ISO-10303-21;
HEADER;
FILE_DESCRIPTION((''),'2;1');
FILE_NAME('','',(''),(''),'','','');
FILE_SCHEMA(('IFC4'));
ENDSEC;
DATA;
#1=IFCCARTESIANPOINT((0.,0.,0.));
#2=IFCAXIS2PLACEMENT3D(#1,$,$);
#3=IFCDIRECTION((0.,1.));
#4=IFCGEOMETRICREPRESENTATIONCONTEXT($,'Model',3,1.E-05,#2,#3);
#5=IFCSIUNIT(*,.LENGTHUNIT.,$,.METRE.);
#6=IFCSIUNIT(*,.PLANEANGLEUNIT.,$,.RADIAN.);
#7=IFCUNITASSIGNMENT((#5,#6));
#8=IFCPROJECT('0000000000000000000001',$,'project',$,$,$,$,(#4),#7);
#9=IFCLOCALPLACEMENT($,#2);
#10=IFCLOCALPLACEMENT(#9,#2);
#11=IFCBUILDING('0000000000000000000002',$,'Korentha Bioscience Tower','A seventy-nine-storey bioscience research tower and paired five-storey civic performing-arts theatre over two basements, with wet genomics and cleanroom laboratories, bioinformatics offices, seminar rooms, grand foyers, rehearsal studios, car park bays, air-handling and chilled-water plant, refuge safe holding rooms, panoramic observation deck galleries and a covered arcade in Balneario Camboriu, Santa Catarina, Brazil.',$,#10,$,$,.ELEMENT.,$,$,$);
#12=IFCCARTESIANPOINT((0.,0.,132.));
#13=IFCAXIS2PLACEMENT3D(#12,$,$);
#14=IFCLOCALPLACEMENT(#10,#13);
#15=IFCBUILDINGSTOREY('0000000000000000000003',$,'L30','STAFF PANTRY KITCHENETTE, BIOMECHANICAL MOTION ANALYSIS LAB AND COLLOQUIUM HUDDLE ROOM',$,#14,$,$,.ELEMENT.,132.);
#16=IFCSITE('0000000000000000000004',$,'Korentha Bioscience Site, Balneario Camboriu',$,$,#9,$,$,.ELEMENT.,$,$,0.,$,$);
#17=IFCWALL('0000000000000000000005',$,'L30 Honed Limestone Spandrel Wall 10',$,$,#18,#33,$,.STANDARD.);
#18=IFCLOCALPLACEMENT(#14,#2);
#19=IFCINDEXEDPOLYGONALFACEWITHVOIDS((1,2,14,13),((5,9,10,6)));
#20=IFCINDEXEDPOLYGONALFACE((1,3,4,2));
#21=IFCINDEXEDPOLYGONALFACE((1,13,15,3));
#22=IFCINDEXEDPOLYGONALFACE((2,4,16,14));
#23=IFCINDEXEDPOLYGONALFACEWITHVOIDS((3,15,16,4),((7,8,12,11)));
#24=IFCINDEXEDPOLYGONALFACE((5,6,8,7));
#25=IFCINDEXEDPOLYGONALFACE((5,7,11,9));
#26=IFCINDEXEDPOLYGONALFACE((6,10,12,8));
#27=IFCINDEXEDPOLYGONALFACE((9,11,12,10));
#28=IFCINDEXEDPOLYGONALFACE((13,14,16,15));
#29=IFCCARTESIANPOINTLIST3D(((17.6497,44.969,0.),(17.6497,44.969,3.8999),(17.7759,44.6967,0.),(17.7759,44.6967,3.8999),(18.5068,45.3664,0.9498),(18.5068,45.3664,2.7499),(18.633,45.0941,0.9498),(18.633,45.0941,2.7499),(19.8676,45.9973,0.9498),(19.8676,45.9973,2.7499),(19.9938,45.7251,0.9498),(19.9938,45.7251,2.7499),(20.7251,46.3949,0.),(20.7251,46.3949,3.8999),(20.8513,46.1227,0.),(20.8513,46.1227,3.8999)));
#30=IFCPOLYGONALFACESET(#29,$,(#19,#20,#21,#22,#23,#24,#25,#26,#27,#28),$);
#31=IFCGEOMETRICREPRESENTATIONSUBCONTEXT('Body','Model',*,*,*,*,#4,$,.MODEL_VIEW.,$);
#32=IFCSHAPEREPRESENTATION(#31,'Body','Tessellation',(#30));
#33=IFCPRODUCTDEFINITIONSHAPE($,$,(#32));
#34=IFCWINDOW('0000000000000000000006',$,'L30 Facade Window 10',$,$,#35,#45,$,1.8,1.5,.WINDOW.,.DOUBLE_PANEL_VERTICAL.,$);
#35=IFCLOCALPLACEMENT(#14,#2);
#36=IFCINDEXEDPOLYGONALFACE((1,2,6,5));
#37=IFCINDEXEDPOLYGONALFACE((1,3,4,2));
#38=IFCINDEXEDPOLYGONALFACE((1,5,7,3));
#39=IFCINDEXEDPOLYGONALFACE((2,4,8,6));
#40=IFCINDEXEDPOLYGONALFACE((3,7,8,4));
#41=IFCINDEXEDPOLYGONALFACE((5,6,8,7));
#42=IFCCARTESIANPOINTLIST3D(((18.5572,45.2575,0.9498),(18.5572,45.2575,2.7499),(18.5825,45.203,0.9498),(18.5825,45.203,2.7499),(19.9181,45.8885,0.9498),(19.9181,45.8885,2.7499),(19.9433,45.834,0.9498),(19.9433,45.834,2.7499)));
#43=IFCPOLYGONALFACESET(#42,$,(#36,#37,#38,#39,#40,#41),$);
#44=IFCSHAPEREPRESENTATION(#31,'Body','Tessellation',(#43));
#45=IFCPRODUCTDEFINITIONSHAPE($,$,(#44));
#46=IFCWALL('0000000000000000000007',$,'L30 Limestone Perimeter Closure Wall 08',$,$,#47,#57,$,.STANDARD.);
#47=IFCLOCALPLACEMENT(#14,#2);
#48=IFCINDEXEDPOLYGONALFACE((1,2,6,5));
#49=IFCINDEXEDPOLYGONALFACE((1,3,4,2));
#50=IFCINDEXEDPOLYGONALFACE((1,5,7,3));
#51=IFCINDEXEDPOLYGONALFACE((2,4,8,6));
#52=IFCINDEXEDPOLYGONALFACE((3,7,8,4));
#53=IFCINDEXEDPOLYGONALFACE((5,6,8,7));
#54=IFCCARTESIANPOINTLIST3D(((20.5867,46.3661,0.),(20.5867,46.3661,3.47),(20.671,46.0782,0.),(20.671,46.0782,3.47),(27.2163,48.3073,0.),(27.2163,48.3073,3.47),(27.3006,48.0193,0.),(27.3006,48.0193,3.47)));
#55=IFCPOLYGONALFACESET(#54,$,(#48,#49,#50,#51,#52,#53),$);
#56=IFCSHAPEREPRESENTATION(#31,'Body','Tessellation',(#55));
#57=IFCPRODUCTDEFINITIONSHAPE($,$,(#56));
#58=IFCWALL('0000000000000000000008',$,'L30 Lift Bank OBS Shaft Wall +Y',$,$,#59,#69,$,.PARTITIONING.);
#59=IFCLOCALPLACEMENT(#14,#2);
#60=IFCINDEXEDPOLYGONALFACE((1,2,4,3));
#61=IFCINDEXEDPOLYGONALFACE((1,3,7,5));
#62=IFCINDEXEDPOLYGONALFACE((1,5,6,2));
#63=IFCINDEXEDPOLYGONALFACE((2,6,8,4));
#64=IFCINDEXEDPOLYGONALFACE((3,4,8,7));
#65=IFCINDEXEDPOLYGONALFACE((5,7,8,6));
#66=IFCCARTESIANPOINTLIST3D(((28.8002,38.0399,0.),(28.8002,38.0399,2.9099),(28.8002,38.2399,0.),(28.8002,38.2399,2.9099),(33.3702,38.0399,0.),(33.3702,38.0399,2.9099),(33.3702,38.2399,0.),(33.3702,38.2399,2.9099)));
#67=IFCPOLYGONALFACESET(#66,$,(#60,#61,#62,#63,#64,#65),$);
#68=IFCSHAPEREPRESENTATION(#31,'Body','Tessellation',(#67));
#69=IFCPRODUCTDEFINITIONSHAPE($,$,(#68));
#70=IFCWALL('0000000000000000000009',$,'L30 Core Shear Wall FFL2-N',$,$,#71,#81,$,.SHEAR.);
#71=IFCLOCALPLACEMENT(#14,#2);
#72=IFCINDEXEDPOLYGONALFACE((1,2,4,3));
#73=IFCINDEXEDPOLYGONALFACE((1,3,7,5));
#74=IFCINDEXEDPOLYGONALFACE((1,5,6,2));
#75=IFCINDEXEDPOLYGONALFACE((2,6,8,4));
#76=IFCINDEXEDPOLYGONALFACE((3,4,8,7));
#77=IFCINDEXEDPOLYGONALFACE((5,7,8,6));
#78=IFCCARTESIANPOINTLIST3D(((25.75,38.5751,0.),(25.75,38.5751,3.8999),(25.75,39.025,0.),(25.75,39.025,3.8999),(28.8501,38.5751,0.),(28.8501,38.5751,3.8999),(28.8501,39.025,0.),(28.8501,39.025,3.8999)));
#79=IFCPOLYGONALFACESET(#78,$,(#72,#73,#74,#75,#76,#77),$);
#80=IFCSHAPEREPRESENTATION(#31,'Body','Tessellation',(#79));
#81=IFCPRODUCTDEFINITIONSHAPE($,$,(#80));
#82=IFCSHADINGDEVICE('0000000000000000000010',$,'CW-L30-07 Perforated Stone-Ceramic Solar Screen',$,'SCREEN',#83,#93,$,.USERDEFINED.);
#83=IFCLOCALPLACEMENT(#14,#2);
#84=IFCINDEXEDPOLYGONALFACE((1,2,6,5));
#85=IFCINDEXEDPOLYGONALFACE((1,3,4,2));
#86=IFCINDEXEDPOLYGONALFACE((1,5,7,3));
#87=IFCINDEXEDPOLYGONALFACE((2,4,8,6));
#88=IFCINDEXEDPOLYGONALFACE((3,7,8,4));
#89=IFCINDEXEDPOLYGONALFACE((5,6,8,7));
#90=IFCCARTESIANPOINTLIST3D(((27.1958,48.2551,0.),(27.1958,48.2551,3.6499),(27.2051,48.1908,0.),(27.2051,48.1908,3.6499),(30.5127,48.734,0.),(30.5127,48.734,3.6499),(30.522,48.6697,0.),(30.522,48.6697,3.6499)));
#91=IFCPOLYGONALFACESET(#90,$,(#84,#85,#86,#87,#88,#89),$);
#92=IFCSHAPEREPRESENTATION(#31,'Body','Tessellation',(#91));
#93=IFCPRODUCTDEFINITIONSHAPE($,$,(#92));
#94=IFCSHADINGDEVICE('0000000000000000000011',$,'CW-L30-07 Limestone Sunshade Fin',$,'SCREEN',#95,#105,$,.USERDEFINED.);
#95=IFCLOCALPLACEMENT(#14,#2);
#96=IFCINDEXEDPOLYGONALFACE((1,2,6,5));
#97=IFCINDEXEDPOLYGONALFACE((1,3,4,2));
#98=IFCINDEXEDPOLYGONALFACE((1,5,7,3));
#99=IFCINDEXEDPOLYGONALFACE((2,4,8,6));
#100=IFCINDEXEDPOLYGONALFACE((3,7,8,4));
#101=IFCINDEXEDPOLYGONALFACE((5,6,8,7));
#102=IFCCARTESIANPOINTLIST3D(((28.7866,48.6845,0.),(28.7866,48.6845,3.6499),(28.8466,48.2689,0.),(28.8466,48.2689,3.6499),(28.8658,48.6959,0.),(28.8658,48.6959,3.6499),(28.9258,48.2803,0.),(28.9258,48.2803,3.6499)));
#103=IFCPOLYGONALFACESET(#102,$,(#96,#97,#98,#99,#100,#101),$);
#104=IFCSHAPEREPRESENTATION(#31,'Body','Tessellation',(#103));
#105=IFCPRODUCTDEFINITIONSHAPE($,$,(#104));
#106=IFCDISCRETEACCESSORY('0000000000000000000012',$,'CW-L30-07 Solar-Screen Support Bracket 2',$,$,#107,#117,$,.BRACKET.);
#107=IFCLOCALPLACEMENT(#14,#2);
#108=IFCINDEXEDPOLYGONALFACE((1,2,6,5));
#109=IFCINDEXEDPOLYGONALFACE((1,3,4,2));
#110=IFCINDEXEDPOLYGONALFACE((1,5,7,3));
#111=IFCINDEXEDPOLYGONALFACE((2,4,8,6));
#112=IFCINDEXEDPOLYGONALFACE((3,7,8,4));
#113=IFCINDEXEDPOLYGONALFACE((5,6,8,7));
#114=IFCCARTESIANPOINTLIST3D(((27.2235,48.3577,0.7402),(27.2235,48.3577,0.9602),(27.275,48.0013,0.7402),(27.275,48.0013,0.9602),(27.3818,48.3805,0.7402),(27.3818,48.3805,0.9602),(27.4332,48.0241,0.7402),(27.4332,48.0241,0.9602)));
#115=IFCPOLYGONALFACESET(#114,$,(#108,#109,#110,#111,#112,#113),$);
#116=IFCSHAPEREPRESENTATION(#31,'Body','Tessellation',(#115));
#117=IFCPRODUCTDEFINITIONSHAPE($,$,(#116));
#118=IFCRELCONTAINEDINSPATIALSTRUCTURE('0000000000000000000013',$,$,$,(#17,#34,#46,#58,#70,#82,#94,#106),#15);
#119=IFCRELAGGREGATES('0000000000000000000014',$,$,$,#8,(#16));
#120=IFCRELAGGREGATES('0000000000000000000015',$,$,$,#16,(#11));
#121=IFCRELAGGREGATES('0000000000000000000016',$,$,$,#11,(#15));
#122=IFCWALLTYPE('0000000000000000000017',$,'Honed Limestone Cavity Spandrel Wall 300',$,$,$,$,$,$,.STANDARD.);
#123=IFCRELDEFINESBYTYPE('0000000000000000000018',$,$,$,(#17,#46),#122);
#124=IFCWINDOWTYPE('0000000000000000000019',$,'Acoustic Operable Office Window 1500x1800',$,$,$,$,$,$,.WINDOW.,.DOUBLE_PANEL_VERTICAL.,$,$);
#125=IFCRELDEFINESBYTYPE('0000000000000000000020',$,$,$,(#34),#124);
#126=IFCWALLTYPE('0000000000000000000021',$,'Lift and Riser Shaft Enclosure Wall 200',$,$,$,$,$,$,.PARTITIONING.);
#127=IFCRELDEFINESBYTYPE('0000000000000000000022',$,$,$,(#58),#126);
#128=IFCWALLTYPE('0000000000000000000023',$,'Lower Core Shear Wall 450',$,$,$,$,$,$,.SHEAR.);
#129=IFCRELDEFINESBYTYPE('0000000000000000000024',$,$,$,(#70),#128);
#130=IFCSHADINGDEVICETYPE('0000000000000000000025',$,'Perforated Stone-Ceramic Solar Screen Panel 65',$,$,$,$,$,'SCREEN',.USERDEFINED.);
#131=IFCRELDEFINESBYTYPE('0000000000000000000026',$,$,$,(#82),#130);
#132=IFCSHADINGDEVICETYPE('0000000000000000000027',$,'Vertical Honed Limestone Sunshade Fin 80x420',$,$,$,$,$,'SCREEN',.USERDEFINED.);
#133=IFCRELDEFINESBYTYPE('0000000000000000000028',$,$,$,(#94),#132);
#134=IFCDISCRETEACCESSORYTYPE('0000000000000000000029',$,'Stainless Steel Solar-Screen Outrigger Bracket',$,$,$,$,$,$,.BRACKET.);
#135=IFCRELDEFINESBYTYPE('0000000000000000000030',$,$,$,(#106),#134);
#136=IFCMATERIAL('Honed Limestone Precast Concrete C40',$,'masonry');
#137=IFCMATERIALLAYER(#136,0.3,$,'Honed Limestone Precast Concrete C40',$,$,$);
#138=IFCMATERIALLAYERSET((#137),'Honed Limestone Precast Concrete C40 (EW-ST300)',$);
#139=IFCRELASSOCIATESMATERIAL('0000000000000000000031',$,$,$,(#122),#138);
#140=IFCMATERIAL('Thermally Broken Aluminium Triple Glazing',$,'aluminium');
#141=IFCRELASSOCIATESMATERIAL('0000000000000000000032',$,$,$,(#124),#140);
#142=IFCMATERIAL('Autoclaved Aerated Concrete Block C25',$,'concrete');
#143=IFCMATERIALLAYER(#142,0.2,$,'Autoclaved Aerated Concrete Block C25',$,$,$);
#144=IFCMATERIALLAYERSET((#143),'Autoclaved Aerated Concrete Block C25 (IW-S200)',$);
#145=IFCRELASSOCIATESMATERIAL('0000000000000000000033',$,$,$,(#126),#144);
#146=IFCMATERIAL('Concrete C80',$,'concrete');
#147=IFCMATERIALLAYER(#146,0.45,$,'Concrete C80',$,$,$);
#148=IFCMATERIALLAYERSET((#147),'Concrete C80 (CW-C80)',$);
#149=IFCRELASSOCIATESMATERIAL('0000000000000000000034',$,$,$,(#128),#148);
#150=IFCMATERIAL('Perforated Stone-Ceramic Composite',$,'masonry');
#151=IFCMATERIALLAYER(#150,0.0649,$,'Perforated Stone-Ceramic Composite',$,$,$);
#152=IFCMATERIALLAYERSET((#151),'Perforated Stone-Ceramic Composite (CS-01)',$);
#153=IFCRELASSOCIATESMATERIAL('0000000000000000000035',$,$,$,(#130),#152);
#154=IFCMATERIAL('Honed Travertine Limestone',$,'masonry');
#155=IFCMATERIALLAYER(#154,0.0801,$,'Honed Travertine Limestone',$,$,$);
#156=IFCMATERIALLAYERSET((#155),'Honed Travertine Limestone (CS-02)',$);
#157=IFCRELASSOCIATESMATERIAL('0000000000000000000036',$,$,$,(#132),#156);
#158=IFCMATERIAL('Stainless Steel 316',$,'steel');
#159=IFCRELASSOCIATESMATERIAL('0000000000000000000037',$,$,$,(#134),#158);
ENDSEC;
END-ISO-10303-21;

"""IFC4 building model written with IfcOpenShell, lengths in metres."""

from ifc_helpers import new_model, si_unit, direction, frame, frame_2d, origin, origin_2d, place, context, subcontext, project, spatial, rectangle, extrude, material, layer, layer_set, type_object, element, fill, save


model = new_model("IFC4")

# Units and contexts
model_context = context("Model", 3, precision=1e-05, world=origin(), true_north=direction((0.0, 1.0)))
body_context = subcontext(model_context, "Body", "Model", "MODEL_VIEW")
ifc_project = project(units=[si_unit("LENGTHUNIT", "METRE"), si_unit("PLANEANGLEUNIT", "RADIAN")], contexts=[model_context])

# Site, building, storey
site_placement = place(None, origin())
site = spatial("IfcSite", under=ifc_project, at=site_placement, Name="Korentha Bioscience Site, Balneario Camboriu", CompositionType="ELEMENT", RefElevation=0.0)
building_placement = place(site_placement, origin())
building = spatial("IfcBuilding", under=site, at=building_placement, Name="Korentha Bioscience Tower", Description="A seventy-nine-storey bioscience research tower and paired five-storey civic performing-arts theatre over two basements, with wet genomics and cleanroom laboratories, bioinformatics offices, seminar rooms, grand foyers, rehearsal studios, car park bays, air-handling and chilled-water plant, refuge safe holding rooms, panoramic observation deck galleries and a covered arcade in Balneario Camboriu, Santa Catarina, Brazil.", CompositionType="ELEMENT")
storey_placement = place(building_placement, frame((0.0, 0.0, 132.0)))
storey = spatial("IfcBuildingStorey", under=building, at=storey_placement, Name="L30", Description="STAFF PANTRY KITCHENETTE, BIOMECHANICAL MOTION ANALYSIS LAB AND COLLOQUIUM HUDDLE ROOM", CompositionType="ELEMENT", Elevation=132.0)

# Shared definitions
ifc_material_1 = material(Name="Concrete C80", Category="concrete")

# Wall, opening, window
ifc_material_2 = material(Name="Honed Limestone Precast Concrete C40", Category="masonry")
ifc_layer_1 = layer(ifc_material_2, 0.3, Name="Honed Limestone Precast Concrete C40")
ifc_layer_set_1 = layer_set([ifc_layer_1], Name="Honed Limestone Precast Concrete C40 (EW-ST300)")
wall_type_1 = type_object("IfcWallType", Name="Honed Limestone Cavity Spandrel Wall 300", PredefinedType="STANDARD", material=ifc_layer_set_1)
wall_1_placement = place(storey_placement, frame((20.7881, 46.2588, 0.0), z_axis=(0.0, 0.0, 1.0), x_axis=(-0.907218, -0.420661, 0.0)))
wall_1 = element("IfcWall", 1, at=wall_1_placement, inside=storey, type_object=wall_type_1, Name="L30 Honed Limestone Spandrel Wall 10", PredefinedType="STANDARD", context=body_context, shape_type="SweptSolid", body=[
    extrude(rectangle(XDim=3.3899, YDim=0.3, at=frame_2d((1.6948, 0.0))), origin(), (0.0, 0.0, 1.0), 3.8999),
])
opening_1_placement = place(wall_1_placement, frame((0.9451, 0.0, 0.95)))
opening_1 = element("IfcOpeningElement", 2, at=opening_1_placement, cuts=wall_1, PredefinedType="OPENING", context=body_context, shape_type="SweptSolid", body=[
    extrude(rectangle(XDim=1.5, YDim=1.8, at=frame_2d((0.75, 0.8999))), frame((0.0, 0.165, 0.0), z_axis=(0.0, -1.0, 0.0), x_axis=(1.0, 0.0, 0.0)), (0.0, 0.0, 1.0), 0.3298),
])
ifc_material_3 = material(Name="Thermally Broken Aluminium Triple Glazing", Category="aluminium")
window_type = type_object("IfcWindowType", Name="Acoustic Operable Office Window 1500x1800", PartitioningType="DOUBLE_PANEL_VERTICAL", PredefinedType="WINDOW", material=ifc_material_3)
window_placement = place(opening_1_placement, origin())
window = element("IfcWindow", 3, at=window_placement, inside=storey, type_object=window_type, Name="L30 Facade Window 10", OverallHeight=1.8, OverallWidth=1.5, PartitioningType="DOUBLE_PANEL_VERTICAL", PredefinedType="WINDOW", context=body_context, shape_type="SweptSolid", body=[
    extrude(rectangle(XDim=1.5, YDim=1.8, at=frame_2d((0.75, 0.8999))), frame((0.0, 0.03, 0.0), z_axis=(0.0, -1.0, 0.0), x_axis=(1.0, 0.0, 0.0)), (0.0, 0.0, 1.0), 0.0601),
])
fill(opening_1, window)

# Walls
wall_2_placement = place(storey_placement, frame((27.2585, 48.1633, 0.0), z_axis=(0.0, 0.0, 1.0), x_axis=(-0.959707, -0.281003, 0.0)))
element("IfcWall", 4, at=wall_2_placement, inside=storey, type_object=wall_type_1, Name="L30 Limestone Perimeter Closure Wall 08", PredefinedType="STANDARD", context=body_context, shape_type="SweptSolid", body=[
    extrude(rectangle(XDim=6.908, YDim=0.3, at=frame_2d((3.4541, 0.0))), origin(), (0.0, 0.0, 1.0), 3.47),
])
ifc_material_4 = material(Name="Autoclaved Aerated Concrete Block C25", Category="concrete")
ifc_layer_2 = layer(ifc_material_4, 0.2, Name="Autoclaved Aerated Concrete Block C25")
ifc_layer_set_2 = layer_set([ifc_layer_2], Name="Autoclaved Aerated Concrete Block C25 (IW-S200)")
wall_type_2 = type_object("IfcWallType", Name="Lift and Riser Shaft Enclosure Wall 200", PredefinedType="PARTITIONING", material=ifc_layer_set_2)
wall_3_placement = place(storey_placement, frame((28.8, 38.1399, 0.0), z_axis=(0.0, 0.0, 1.0), x_axis=(1.0, 0.0, 0.0)))
element("IfcWall", 5, at=wall_3_placement, inside=storey, type_object=wall_type_2, Name="L30 Lift Bank OBS Shaft Wall +Y", PredefinedType="PARTITIONING", context=body_context, shape_type="SweptSolid", body=[
    extrude(rectangle(XDim=4.5701, YDim=0.2, at=frame_2d((2.2852, 0.0))), origin(), (0.0, 0.0, 1.0), 2.9099),
])
ifc_layer_3 = layer(ifc_material_1, 0.45, Name="Concrete C80")
ifc_layer_set_3 = layer_set([ifc_layer_3], Name="Concrete C80 (CW-C80)")
wall_type_3 = type_object("IfcWallType", Name="Lower Core Shear Wall 450", PredefinedType="SHEAR", material=ifc_layer_set_3)
wall_4_placement = place(storey_placement, frame((25.75, 38.8, 0.0), z_axis=(0.0, 0.0, 1.0), x_axis=(1.0, 0.0, 0.0)))
element("IfcWall", 6, at=wall_4_placement, inside=storey, type_object=wall_type_3, Name="L30 Core Shear Wall FFL2-N", PredefinedType="SHEAR", context=body_context, shape_type="SweptSolid", body=[
    extrude(rectangle(XDim=3.1001, YDim=0.45, at=frame_2d((1.55, 0.0))), origin(), (0.0, 0.0, 1.0), 3.8999),
])

# Shading devices
ifc_material_5 = material(Name="Perforated Stone-Ceramic Composite", Category="masonry")
ifc_layer_4 = layer(ifc_material_5, 0.0649, Name="Perforated Stone-Ceramic Composite")
ifc_layer_set_4 = layer_set([ifc_layer_4], Name="Perforated Stone-Ceramic Composite (CS-01)")
shading_device_type_1 = type_object("IfcShadingDeviceType", Name="Perforated Stone-Ceramic Solar Screen Panel 65", ElementType="SCREEN", PredefinedType="USERDEFINED", material=ifc_layer_set_4)
shading_device_1_placement = place(storey_placement, frame((28.8589, 48.4624, 0.0), z_axis=(0.0, 0.0, 1.0), x_axis=(-0.989738, -0.142892, 0.0)))
element("IfcShadingDevice", 7, at=shading_device_1_placement, inside=storey, type_object=shading_device_type_1, Name="CW-L30-07 Perforated Stone-Ceramic Solar Screen", ObjectType="SCREEN", PredefinedType="USERDEFINED", context=body_context, shape_type="SweptSolid", body=[
    extrude(rectangle(XDim=3.3513, YDim=0.0649, at=origin_2d()), origin(), (0.0, 0.0, 1.0), 3.6499),
])
ifc_material_6 = material(Name="Honed Travertine Limestone", Category="masonry")
ifc_layer_5 = layer(ifc_material_6, 0.0801, Name="Honed Travertine Limestone")
ifc_layer_set_5 = layer_set([ifc_layer_5], Name="Honed Travertine Limestone (CS-02)")
shading_device_type_2 = type_object("IfcShadingDeviceType", Name="Vertical Honed Limestone Sunshade Fin 80x420", ElementType="SCREEN", PredefinedType="USERDEFINED", material=ifc_layer_set_5)
shading_device_2_placement = place(storey_placement, frame((28.8562, 48.4824, 0.0), z_axis=(0.0, 0.0, 1.0), x_axis=(-0.989738, -0.142892, 0.0)))
element("IfcShadingDevice", 8, at=shading_device_2_placement, inside=storey, type_object=shading_device_type_2, Name="CW-L30-07 Limestone Sunshade Fin", ObjectType="SCREEN", PredefinedType="USERDEFINED", context=body_context, shape_type="SweptSolid", body=[
    extrude(rectangle(XDim=0.0801, YDim=0.4199, at=origin_2d()), origin(), (0.0, 0.0, 1.0), 3.6499),
])

# Discrete accessory
ifc_material_7 = material(Name="Stainless Steel 316", Category="steel")
discrete_accessory_type = type_object("IfcDiscreteAccessoryType", Name="Stainless Steel Solar-Screen Outrigger Bracket", PredefinedType="BRACKET", material=ifc_material_7)
discrete_accessory_placement = place(storey_placement, frame((27.3284, 48.1909, 0.7402), z_axis=(0.0, 0.0, 1.0), x_axis=(-0.989738, -0.142892, 0.0)))
element("IfcDiscreteAccessory", 9, at=discrete_accessory_placement, inside=storey, type_object=discrete_accessory_type, Name="CW-L30-07 Solar-Screen Support Bracket 2", PredefinedType="BRACKET", context=body_context, shape_type="SweptSolid", body=[
    extrude(rectangle(XDim=0.1599, YDim=0.3601, at=origin_2d()), origin(), (0.0, 0.0, 1.0), 0.22),
])

save(model, "model.ifc")
